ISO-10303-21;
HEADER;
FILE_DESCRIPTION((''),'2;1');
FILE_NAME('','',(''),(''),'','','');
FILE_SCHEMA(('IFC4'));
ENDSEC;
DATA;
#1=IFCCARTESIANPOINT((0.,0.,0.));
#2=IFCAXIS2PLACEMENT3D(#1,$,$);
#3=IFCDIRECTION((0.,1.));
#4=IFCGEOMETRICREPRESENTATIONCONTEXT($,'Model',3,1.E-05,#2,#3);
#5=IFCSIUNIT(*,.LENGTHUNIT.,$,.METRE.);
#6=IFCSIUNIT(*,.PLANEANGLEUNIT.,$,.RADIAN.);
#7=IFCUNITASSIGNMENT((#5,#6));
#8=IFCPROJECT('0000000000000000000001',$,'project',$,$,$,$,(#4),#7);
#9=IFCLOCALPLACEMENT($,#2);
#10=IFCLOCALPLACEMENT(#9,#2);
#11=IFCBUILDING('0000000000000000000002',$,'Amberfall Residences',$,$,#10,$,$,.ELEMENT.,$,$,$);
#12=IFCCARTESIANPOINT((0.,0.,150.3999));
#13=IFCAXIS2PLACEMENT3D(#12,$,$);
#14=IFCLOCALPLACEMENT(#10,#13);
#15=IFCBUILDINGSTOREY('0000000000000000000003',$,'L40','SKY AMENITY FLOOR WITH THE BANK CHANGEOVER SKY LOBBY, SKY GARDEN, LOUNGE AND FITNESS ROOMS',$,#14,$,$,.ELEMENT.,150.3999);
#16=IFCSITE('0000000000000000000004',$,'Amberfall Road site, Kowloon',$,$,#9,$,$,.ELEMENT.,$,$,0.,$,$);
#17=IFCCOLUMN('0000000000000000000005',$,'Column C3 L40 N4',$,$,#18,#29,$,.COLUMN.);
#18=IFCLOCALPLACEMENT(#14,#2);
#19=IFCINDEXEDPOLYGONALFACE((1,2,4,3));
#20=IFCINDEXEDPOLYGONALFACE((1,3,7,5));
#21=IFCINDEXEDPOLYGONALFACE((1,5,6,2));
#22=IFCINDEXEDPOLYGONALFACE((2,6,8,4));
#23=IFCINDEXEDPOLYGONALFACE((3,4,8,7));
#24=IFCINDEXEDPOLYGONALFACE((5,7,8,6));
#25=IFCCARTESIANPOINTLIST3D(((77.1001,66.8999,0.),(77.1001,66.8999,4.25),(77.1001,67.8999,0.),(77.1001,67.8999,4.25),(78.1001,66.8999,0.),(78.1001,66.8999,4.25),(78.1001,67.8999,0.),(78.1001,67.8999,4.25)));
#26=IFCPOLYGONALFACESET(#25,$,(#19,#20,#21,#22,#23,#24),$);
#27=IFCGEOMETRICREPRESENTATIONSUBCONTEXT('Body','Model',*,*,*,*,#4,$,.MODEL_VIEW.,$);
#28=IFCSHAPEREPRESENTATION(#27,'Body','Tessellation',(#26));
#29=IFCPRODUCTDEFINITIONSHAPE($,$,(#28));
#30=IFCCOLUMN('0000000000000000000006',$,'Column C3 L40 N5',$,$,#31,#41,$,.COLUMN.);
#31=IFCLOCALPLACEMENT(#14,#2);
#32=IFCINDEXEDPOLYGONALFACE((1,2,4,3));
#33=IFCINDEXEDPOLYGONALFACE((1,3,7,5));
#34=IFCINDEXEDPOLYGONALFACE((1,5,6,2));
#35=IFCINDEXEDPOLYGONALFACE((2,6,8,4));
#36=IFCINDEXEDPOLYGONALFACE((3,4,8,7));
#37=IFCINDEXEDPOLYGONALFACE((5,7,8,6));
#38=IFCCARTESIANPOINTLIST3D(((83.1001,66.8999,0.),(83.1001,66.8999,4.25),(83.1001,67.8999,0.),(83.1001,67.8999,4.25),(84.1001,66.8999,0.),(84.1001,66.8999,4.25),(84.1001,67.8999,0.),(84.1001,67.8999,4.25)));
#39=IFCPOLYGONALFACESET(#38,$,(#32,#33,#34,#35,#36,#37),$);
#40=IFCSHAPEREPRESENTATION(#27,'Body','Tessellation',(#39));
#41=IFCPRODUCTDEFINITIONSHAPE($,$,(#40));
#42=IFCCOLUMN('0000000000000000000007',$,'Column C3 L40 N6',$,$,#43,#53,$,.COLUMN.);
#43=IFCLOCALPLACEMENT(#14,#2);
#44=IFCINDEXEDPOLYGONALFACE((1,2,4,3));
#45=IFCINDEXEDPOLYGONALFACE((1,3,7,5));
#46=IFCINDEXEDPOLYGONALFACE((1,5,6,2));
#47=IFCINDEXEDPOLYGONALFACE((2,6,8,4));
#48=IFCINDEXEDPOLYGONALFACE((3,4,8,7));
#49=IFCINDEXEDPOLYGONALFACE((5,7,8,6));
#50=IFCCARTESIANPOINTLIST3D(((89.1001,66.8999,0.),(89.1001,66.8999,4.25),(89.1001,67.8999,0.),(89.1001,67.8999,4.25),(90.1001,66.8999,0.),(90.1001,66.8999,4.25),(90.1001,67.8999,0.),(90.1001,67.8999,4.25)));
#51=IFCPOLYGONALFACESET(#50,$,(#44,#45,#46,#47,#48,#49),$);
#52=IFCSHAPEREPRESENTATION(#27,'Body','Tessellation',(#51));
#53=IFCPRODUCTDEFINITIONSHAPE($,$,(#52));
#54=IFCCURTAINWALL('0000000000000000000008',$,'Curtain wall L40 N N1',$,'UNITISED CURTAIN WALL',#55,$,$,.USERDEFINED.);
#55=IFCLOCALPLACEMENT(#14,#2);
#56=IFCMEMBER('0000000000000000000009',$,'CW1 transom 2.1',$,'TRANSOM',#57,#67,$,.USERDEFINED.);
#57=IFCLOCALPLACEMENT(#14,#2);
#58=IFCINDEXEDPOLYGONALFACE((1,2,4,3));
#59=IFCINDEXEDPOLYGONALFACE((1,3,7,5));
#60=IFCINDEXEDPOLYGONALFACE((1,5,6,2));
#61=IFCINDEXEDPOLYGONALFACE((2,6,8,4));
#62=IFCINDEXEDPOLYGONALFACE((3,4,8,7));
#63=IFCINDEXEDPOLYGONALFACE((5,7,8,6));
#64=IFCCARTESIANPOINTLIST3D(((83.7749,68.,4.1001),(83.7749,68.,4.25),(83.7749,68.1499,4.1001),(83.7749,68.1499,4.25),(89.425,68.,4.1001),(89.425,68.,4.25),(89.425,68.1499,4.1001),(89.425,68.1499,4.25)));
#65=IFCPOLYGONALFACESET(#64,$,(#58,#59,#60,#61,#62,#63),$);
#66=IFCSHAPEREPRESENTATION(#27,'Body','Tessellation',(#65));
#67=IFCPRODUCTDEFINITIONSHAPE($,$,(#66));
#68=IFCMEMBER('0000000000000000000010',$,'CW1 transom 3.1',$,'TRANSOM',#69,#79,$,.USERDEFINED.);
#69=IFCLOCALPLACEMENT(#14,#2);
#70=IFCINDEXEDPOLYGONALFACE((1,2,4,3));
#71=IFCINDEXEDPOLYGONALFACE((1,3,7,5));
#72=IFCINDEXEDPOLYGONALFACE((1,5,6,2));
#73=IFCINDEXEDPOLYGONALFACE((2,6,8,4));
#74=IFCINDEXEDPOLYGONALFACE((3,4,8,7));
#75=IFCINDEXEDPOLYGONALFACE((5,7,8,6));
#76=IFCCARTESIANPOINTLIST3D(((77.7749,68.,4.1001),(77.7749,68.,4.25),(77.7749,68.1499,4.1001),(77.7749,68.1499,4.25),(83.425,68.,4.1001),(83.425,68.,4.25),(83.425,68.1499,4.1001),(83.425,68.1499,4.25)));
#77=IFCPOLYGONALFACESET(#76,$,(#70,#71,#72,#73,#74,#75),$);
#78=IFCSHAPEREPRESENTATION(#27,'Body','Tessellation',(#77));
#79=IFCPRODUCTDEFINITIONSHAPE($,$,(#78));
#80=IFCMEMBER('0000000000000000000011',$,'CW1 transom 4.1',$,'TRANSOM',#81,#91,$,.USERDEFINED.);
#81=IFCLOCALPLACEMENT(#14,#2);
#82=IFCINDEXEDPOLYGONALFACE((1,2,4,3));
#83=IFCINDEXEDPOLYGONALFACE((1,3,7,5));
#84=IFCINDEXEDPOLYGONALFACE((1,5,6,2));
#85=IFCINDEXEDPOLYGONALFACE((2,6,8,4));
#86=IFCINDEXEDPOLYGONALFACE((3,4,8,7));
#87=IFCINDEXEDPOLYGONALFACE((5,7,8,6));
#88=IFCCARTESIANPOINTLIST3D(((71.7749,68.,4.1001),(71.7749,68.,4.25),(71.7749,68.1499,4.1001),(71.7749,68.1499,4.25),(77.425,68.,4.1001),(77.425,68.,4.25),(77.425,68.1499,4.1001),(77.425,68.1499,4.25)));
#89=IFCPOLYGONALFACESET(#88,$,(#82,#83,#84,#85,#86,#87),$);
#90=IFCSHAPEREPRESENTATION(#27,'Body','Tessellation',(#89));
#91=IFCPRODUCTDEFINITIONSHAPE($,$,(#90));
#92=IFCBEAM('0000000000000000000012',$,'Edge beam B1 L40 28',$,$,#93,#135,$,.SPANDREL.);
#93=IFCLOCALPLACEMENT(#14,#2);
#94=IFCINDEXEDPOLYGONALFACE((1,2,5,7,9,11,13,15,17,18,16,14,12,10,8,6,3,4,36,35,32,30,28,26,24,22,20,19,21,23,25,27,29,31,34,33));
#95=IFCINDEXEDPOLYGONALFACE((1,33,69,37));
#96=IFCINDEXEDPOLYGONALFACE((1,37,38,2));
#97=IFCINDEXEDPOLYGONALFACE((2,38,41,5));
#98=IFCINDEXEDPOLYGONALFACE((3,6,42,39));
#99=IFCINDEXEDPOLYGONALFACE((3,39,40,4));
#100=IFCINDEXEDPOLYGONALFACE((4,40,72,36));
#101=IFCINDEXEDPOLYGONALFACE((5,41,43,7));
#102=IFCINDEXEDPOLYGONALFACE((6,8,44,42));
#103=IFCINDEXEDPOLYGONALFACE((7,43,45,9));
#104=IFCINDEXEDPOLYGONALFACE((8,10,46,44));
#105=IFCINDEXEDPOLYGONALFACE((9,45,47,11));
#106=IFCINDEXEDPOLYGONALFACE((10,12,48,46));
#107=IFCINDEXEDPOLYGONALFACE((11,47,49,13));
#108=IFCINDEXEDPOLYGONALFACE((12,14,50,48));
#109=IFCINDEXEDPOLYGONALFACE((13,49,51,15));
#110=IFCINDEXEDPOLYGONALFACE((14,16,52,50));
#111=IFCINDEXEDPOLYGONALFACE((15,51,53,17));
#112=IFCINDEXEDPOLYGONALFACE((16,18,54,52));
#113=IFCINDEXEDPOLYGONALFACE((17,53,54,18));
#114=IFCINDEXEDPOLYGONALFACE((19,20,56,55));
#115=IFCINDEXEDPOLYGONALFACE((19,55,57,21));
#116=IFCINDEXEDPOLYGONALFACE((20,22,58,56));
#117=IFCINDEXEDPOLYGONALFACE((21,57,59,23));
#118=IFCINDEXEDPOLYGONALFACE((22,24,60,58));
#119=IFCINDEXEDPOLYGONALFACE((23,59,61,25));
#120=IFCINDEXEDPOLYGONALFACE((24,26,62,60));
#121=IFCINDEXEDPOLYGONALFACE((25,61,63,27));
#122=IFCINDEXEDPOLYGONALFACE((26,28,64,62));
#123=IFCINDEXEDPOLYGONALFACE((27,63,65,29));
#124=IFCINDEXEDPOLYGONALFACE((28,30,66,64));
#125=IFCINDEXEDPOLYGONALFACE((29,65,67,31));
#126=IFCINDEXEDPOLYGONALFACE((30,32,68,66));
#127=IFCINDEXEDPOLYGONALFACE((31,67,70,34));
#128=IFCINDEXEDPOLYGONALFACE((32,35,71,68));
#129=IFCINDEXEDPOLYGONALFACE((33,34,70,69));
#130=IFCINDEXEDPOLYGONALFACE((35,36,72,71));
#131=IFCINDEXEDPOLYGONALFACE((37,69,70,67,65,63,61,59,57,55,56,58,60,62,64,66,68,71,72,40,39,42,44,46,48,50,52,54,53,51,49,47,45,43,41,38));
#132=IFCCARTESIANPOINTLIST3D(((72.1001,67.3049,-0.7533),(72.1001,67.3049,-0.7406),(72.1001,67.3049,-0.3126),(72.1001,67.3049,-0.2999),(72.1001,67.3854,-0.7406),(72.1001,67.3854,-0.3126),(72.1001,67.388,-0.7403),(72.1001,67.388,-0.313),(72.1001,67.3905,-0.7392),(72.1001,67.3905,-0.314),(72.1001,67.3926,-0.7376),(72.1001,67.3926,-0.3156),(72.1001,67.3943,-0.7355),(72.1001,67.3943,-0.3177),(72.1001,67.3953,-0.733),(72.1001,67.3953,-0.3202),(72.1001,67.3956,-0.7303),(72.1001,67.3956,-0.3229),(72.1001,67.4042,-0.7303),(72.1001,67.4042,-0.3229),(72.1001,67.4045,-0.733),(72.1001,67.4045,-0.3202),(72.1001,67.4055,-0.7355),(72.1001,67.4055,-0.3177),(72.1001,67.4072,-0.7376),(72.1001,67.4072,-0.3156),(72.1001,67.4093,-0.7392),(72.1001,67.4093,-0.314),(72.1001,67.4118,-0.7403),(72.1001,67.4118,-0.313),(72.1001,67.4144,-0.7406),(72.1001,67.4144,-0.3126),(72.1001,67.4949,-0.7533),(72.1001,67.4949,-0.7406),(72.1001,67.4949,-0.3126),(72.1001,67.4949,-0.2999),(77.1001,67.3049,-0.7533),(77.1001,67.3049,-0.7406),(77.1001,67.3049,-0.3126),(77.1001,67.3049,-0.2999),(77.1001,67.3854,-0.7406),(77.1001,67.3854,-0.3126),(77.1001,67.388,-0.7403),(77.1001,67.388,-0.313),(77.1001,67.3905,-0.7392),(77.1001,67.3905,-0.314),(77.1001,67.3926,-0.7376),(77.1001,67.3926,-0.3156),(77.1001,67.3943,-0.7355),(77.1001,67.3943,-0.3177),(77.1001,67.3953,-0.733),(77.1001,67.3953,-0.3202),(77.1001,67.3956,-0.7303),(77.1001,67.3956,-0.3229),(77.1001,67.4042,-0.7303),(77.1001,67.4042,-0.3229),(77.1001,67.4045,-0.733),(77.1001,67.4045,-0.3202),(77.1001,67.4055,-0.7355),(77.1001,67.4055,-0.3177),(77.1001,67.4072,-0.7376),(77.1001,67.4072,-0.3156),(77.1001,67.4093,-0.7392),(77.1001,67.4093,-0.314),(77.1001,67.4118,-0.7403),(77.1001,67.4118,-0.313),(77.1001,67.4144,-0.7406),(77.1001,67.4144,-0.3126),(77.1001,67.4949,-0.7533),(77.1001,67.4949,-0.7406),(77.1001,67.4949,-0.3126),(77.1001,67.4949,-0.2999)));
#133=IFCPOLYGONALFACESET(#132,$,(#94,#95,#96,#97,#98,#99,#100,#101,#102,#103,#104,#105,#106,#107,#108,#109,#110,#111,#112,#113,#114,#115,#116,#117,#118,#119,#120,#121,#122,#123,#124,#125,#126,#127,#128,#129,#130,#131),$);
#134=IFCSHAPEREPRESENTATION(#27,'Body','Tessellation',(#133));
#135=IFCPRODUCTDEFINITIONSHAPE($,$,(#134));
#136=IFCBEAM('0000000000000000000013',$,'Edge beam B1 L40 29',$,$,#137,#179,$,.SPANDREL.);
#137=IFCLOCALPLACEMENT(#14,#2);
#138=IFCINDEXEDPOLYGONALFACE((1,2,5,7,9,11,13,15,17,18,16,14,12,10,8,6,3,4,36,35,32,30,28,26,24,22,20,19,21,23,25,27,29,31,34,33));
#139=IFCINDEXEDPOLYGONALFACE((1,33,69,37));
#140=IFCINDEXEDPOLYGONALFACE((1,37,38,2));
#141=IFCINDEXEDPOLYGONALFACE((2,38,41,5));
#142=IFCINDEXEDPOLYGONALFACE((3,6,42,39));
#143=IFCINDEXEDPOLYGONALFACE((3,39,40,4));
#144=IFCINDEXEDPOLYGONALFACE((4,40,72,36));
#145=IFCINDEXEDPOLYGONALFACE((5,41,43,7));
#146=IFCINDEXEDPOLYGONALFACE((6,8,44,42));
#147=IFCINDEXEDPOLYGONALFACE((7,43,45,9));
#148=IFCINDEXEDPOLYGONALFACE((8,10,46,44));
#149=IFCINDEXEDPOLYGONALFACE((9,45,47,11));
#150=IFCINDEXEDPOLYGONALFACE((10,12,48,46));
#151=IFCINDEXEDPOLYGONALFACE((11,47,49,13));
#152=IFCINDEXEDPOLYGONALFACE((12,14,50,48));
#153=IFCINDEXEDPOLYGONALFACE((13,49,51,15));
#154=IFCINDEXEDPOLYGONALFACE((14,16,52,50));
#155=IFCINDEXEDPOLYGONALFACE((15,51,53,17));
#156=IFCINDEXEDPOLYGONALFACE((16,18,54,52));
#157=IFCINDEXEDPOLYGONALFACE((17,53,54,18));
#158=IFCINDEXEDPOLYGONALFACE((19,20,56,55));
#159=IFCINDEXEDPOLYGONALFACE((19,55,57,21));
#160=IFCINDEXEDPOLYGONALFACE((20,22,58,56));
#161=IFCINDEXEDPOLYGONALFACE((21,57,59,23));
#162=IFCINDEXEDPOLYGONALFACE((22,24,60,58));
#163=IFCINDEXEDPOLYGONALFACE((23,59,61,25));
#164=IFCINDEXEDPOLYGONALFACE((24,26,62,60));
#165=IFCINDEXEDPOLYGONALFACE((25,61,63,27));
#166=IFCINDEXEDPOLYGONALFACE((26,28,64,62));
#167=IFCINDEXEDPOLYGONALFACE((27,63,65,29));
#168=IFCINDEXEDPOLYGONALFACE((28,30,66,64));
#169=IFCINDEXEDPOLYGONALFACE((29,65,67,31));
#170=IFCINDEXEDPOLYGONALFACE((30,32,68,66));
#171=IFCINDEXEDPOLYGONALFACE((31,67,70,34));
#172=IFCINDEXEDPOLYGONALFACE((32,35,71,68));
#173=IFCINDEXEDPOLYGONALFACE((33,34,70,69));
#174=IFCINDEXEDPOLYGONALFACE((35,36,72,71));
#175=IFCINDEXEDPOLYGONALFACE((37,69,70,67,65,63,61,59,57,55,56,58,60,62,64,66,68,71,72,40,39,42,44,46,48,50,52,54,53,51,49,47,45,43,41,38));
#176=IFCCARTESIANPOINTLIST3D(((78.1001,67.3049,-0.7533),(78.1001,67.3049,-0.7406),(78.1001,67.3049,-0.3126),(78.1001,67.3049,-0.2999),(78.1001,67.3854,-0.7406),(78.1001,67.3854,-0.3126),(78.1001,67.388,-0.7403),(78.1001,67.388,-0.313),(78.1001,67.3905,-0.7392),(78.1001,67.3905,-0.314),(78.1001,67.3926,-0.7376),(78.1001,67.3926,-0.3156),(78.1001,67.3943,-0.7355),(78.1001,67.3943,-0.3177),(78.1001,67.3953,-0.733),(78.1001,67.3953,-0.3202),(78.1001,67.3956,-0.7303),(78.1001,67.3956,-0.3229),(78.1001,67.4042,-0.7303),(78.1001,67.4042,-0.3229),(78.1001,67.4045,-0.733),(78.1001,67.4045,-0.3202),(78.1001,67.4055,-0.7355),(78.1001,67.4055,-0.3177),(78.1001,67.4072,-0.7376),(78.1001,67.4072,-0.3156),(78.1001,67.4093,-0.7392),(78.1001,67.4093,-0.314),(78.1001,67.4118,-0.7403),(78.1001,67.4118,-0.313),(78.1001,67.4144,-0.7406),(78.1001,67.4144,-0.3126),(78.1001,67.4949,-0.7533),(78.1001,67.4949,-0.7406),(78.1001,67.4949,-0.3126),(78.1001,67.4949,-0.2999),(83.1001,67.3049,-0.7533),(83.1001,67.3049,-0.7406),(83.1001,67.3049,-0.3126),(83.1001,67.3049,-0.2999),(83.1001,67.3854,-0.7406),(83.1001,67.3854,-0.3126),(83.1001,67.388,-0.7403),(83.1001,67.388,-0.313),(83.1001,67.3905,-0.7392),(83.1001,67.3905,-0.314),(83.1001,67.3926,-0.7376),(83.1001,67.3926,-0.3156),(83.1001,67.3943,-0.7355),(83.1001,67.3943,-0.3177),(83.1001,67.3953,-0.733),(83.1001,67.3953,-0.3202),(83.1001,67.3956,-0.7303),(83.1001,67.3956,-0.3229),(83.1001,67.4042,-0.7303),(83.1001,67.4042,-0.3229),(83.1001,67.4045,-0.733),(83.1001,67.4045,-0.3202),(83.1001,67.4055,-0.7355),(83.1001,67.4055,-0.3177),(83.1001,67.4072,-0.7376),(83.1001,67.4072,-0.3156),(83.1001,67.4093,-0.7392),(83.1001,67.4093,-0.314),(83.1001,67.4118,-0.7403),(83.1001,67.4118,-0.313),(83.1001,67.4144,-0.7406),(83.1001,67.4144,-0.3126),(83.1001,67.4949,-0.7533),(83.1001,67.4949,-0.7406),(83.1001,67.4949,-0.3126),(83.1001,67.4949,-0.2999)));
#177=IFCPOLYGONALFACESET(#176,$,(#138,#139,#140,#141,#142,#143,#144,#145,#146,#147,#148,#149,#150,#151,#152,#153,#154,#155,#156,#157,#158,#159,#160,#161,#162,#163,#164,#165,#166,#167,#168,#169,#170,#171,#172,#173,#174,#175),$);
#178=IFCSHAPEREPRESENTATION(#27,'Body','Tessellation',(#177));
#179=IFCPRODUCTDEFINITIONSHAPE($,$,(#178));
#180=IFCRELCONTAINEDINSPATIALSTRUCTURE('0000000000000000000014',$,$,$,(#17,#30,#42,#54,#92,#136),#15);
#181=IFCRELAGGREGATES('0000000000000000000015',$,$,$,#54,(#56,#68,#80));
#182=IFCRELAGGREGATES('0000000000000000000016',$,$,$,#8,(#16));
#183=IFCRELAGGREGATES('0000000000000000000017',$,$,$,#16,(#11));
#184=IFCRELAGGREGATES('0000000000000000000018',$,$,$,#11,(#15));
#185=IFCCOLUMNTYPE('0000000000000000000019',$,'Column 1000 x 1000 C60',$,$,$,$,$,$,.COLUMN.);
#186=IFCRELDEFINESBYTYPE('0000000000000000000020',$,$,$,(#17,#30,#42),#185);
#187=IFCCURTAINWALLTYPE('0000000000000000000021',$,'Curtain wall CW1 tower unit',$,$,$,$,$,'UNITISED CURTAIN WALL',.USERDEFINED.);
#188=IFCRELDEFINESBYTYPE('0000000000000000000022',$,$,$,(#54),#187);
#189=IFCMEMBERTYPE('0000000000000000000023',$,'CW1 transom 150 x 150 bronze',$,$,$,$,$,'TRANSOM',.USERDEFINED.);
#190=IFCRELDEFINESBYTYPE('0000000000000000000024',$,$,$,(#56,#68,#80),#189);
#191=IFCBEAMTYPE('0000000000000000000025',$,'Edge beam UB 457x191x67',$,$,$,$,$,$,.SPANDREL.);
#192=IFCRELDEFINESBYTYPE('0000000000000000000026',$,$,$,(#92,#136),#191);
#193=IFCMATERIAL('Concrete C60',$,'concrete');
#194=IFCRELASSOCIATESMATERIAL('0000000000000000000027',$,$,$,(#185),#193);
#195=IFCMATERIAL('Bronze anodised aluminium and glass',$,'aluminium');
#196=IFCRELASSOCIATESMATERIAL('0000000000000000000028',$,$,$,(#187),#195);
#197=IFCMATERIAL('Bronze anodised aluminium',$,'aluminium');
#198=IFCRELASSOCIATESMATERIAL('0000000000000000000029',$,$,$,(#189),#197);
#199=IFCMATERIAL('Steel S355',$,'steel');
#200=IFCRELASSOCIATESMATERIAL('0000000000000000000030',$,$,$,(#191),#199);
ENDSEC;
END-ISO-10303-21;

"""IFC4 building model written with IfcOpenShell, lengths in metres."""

from ifc_helpers import new_model, si_unit, direction, frame, origin, origin_2d, place, context, subcontext, project, spatial, rectangle, i_section, extrude, material, material_profile, profile_set, type_object, element, aggregate, save


model = new_model("IFC4")

# Units and contexts
model_context = context("Model", 3, precision=1e-05, world=origin(), true_north=direction((0.0, 1.0)))
body_context = subcontext(model_context, "Body", "Model", "MODEL_VIEW")
ifc_project = project(units=[si_unit("LENGTHUNIT", "METRE"), si_unit("PLANEANGLEUNIT", "RADIAN")], contexts=[model_context])

# Site, building, storey
site_placement = place(None, origin())
site = spatial("IfcSite", under=ifc_project, at=site_placement, Name="Amberfall Road site, Kowloon", CompositionType="ELEMENT", RefElevation=0.0)
building_placement = place(site_placement, origin())
building = spatial("IfcBuilding", under=site, at=building_placement, Name="Amberfall Residences", CompositionType="ELEMENT")
storey_placement = place(building_placement, frame((0.0, 0.0, 150.3999)))
storey = spatial("IfcBuildingStorey", under=building, at=storey_placement, Name="L40", Description="SKY AMENITY FLOOR WITH THE BANK CHANGEOVER SKY LOBBY, SKY GARDEN, LOUNGE AND FITNESS ROOMS", CompositionType="ELEMENT", Elevation=150.3999)

# Columns
ifc_material_1 = material(Name="Concrete C60", Category="concrete")
ifc_material_profile_1 = material_profile(ifc_material_1, rectangle(XDim=1.0, YDim=1.0, at=origin_2d()), Name="Column 1000 x 1000 C60")
ifc_profile_set_1 = profile_set([ifc_material_profile_1], Name="Concrete C60")
column_type = type_object("IfcColumnType", Name="Column 1000 x 1000 C60", PredefinedType="COLUMN", material=ifc_profile_set_1)
for number, where, z_axis, x_axis, name in (
    (1, (77.6001, 67.3999, 0.0), (0.0, 0.0, 1.0), (1.0, 0.0, 0.0), "Column C3 L40 N4"),
    (2, (83.6001, 67.3999, 0.0), (0.0, 0.0, 1.0), (1.0, 0.0, 0.0), "Column C3 L40 N5"),
    (3, (89.6001, 67.3999, 0.0), (0.0, 0.0, 1.0), (1.0, 0.0, 0.0), "Column C3 L40 N6"),
):
    element("IfcColumn", number, at=place(storey_placement, frame(where, z_axis=z_axis, x_axis=x_axis)), inside=storey, type_object=column_type, Name=name, PredefinedType="COLUMN", context=body_context, shape_type="SweptSolid", body=[
        extrude(rectangle(XDim=1.0, YDim=1.0, at=origin_2d()), origin(), (0.0, 0.0, 1.0), 4.25),
    ])

# Curtain wall, members
ifc_material_2 = material(Name="Bronze anodised aluminium and glass", Category="aluminium")
curtain_wall_type = type_object("IfcCurtainWallType", Name="Curtain wall CW1 tower unit", ElementType="UNITISED CURTAIN WALL", PredefinedType="USERDEFINED", material=ifc_material_2)
curtain_wall_placement = place(storey_placement, origin())
curtain_wall = element("IfcCurtainWall", 4, at=curtain_wall_placement, inside=storey, type_object=curtain_wall_type, Name="Curtain wall L40 N N1", ObjectType="UNITISED CURTAIN WALL", PredefinedType="USERDEFINED")
ifc_material_3 = material(Name="Bronze anodised aluminium", Category="aluminium")
ifc_material_profile_2 = material_profile(ifc_material_3, rectangle(XDim=0.1499, YDim=0.1499, at=origin_2d()), Name="CW1 transom 150 x 150 bronze")
ifc_profile_set_2 = profile_set([ifc_material_profile_2], Name="Bronze anodised aluminium")
member_type_1 = type_object("IfcMemberType", Name="CW1 transom 150 x 150 bronze", ElementType="TRANSOM", PredefinedType="USERDEFINED", material=ifc_profile_set_2)
member_1_placement = place(storey_placement, frame((89.425, 68.075, 4.175), z_axis=(-1.0, 0.0, 0.0), x_axis=(0.0, -1.0, 0.0)))
member_1 = element("IfcMember", 5, at=member_1_placement, type_object=member_type_1, Name="CW1 transom 2.1", ObjectType="TRANSOM", PredefinedType="USERDEFINED", context=body_context, shape_type="SweptSolid", body=[
    extrude(rectangle(XDim=0.1499, YDim=0.1499, at=origin_2d()), origin(), (0.0, 0.0, 1.0), 5.6501),
])
member_2_placement = place(storey_placement, frame((83.425, 68.075, 4.175), z_axis=(-1.0, 0.0, 0.0), x_axis=(0.0, -1.0, 0.0)))
member_2 = element("IfcMember", 6, at=member_2_placement, type_object=member_type_1, Name="CW1 transom 3.1", ObjectType="TRANSOM", PredefinedType="USERDEFINED", context=body_context, shape_type="SweptSolid", body=[
    extrude(rectangle(XDim=0.1499, YDim=0.1499, at=origin_2d()), origin(), (0.0, 0.0, 1.0), 5.6501),
])
member_3_placement = place(storey_placement, frame((77.425, 68.075, 4.175), z_axis=(-1.0, 0.0, 0.0), x_axis=(0.0, -1.0, 0.0)))
member_3 = element("IfcMember", 7, at=member_3_placement, type_object=member_type_1, Name="CW1 transom 4.1", ObjectType="TRANSOM", PredefinedType="USERDEFINED", context=body_context, shape_type="SweptSolid", body=[
    extrude(rectangle(XDim=0.1499, YDim=0.1499, at=origin_2d()), origin(), (0.0, 0.0, 1.0), 5.6501),
])

# Beams
ifc_material_4 = material(Name="Steel S355", Category="steel")
ifc_material_profile_3 = material_profile(ifc_material_4, i_section(OverallWidth=0.1899, OverallDepth=0.4534, WebThickness=0.0085, FlangeThickness=0.0127, FilletRadius=0.0103, at=origin_2d()), Name="UB 457x191x67")
ifc_profile_set_3 = profile_set([ifc_material_profile_3], Name="Steel S355")
beam_type_1 = type_object("IfcBeamType", Name="Edge beam UB 457x191x67", PredefinedType="SPANDREL", material=ifc_profile_set_3)
for number, where, z_axis, x_axis, name in (
    (8, (72.1001, 67.3999, -0.5266), (1.0, 0.0, 0.0), (0.0, 1.0, 0.0), "Edge beam B1 L40 28"),
    (9, (78.1001, 67.3999, -0.5266), (1.0, 0.0, 0.0), (0.0, 1.0, 0.0), "Edge beam B1 L40 29"),
):
    element("IfcBeam", number, at=place(storey_placement, frame(where, z_axis=z_axis, x_axis=x_axis)), inside=storey, type_object=beam_type_1, Name=name, PredefinedType="SPANDREL", context=body_context, shape_type="SweptSolid", body=[
        extrude(i_section(OverallWidth=0.1899, OverallDepth=0.4534, WebThickness=0.0085, FlangeThickness=0.0127, FilletRadius=0.0103, at=origin_2d()), origin(), (0.0, 0.0, 1.0), 5.0),
    ])

aggregate(curtain_wall, [member_1, member_2, member_3])

save(model, "model.ifc")
